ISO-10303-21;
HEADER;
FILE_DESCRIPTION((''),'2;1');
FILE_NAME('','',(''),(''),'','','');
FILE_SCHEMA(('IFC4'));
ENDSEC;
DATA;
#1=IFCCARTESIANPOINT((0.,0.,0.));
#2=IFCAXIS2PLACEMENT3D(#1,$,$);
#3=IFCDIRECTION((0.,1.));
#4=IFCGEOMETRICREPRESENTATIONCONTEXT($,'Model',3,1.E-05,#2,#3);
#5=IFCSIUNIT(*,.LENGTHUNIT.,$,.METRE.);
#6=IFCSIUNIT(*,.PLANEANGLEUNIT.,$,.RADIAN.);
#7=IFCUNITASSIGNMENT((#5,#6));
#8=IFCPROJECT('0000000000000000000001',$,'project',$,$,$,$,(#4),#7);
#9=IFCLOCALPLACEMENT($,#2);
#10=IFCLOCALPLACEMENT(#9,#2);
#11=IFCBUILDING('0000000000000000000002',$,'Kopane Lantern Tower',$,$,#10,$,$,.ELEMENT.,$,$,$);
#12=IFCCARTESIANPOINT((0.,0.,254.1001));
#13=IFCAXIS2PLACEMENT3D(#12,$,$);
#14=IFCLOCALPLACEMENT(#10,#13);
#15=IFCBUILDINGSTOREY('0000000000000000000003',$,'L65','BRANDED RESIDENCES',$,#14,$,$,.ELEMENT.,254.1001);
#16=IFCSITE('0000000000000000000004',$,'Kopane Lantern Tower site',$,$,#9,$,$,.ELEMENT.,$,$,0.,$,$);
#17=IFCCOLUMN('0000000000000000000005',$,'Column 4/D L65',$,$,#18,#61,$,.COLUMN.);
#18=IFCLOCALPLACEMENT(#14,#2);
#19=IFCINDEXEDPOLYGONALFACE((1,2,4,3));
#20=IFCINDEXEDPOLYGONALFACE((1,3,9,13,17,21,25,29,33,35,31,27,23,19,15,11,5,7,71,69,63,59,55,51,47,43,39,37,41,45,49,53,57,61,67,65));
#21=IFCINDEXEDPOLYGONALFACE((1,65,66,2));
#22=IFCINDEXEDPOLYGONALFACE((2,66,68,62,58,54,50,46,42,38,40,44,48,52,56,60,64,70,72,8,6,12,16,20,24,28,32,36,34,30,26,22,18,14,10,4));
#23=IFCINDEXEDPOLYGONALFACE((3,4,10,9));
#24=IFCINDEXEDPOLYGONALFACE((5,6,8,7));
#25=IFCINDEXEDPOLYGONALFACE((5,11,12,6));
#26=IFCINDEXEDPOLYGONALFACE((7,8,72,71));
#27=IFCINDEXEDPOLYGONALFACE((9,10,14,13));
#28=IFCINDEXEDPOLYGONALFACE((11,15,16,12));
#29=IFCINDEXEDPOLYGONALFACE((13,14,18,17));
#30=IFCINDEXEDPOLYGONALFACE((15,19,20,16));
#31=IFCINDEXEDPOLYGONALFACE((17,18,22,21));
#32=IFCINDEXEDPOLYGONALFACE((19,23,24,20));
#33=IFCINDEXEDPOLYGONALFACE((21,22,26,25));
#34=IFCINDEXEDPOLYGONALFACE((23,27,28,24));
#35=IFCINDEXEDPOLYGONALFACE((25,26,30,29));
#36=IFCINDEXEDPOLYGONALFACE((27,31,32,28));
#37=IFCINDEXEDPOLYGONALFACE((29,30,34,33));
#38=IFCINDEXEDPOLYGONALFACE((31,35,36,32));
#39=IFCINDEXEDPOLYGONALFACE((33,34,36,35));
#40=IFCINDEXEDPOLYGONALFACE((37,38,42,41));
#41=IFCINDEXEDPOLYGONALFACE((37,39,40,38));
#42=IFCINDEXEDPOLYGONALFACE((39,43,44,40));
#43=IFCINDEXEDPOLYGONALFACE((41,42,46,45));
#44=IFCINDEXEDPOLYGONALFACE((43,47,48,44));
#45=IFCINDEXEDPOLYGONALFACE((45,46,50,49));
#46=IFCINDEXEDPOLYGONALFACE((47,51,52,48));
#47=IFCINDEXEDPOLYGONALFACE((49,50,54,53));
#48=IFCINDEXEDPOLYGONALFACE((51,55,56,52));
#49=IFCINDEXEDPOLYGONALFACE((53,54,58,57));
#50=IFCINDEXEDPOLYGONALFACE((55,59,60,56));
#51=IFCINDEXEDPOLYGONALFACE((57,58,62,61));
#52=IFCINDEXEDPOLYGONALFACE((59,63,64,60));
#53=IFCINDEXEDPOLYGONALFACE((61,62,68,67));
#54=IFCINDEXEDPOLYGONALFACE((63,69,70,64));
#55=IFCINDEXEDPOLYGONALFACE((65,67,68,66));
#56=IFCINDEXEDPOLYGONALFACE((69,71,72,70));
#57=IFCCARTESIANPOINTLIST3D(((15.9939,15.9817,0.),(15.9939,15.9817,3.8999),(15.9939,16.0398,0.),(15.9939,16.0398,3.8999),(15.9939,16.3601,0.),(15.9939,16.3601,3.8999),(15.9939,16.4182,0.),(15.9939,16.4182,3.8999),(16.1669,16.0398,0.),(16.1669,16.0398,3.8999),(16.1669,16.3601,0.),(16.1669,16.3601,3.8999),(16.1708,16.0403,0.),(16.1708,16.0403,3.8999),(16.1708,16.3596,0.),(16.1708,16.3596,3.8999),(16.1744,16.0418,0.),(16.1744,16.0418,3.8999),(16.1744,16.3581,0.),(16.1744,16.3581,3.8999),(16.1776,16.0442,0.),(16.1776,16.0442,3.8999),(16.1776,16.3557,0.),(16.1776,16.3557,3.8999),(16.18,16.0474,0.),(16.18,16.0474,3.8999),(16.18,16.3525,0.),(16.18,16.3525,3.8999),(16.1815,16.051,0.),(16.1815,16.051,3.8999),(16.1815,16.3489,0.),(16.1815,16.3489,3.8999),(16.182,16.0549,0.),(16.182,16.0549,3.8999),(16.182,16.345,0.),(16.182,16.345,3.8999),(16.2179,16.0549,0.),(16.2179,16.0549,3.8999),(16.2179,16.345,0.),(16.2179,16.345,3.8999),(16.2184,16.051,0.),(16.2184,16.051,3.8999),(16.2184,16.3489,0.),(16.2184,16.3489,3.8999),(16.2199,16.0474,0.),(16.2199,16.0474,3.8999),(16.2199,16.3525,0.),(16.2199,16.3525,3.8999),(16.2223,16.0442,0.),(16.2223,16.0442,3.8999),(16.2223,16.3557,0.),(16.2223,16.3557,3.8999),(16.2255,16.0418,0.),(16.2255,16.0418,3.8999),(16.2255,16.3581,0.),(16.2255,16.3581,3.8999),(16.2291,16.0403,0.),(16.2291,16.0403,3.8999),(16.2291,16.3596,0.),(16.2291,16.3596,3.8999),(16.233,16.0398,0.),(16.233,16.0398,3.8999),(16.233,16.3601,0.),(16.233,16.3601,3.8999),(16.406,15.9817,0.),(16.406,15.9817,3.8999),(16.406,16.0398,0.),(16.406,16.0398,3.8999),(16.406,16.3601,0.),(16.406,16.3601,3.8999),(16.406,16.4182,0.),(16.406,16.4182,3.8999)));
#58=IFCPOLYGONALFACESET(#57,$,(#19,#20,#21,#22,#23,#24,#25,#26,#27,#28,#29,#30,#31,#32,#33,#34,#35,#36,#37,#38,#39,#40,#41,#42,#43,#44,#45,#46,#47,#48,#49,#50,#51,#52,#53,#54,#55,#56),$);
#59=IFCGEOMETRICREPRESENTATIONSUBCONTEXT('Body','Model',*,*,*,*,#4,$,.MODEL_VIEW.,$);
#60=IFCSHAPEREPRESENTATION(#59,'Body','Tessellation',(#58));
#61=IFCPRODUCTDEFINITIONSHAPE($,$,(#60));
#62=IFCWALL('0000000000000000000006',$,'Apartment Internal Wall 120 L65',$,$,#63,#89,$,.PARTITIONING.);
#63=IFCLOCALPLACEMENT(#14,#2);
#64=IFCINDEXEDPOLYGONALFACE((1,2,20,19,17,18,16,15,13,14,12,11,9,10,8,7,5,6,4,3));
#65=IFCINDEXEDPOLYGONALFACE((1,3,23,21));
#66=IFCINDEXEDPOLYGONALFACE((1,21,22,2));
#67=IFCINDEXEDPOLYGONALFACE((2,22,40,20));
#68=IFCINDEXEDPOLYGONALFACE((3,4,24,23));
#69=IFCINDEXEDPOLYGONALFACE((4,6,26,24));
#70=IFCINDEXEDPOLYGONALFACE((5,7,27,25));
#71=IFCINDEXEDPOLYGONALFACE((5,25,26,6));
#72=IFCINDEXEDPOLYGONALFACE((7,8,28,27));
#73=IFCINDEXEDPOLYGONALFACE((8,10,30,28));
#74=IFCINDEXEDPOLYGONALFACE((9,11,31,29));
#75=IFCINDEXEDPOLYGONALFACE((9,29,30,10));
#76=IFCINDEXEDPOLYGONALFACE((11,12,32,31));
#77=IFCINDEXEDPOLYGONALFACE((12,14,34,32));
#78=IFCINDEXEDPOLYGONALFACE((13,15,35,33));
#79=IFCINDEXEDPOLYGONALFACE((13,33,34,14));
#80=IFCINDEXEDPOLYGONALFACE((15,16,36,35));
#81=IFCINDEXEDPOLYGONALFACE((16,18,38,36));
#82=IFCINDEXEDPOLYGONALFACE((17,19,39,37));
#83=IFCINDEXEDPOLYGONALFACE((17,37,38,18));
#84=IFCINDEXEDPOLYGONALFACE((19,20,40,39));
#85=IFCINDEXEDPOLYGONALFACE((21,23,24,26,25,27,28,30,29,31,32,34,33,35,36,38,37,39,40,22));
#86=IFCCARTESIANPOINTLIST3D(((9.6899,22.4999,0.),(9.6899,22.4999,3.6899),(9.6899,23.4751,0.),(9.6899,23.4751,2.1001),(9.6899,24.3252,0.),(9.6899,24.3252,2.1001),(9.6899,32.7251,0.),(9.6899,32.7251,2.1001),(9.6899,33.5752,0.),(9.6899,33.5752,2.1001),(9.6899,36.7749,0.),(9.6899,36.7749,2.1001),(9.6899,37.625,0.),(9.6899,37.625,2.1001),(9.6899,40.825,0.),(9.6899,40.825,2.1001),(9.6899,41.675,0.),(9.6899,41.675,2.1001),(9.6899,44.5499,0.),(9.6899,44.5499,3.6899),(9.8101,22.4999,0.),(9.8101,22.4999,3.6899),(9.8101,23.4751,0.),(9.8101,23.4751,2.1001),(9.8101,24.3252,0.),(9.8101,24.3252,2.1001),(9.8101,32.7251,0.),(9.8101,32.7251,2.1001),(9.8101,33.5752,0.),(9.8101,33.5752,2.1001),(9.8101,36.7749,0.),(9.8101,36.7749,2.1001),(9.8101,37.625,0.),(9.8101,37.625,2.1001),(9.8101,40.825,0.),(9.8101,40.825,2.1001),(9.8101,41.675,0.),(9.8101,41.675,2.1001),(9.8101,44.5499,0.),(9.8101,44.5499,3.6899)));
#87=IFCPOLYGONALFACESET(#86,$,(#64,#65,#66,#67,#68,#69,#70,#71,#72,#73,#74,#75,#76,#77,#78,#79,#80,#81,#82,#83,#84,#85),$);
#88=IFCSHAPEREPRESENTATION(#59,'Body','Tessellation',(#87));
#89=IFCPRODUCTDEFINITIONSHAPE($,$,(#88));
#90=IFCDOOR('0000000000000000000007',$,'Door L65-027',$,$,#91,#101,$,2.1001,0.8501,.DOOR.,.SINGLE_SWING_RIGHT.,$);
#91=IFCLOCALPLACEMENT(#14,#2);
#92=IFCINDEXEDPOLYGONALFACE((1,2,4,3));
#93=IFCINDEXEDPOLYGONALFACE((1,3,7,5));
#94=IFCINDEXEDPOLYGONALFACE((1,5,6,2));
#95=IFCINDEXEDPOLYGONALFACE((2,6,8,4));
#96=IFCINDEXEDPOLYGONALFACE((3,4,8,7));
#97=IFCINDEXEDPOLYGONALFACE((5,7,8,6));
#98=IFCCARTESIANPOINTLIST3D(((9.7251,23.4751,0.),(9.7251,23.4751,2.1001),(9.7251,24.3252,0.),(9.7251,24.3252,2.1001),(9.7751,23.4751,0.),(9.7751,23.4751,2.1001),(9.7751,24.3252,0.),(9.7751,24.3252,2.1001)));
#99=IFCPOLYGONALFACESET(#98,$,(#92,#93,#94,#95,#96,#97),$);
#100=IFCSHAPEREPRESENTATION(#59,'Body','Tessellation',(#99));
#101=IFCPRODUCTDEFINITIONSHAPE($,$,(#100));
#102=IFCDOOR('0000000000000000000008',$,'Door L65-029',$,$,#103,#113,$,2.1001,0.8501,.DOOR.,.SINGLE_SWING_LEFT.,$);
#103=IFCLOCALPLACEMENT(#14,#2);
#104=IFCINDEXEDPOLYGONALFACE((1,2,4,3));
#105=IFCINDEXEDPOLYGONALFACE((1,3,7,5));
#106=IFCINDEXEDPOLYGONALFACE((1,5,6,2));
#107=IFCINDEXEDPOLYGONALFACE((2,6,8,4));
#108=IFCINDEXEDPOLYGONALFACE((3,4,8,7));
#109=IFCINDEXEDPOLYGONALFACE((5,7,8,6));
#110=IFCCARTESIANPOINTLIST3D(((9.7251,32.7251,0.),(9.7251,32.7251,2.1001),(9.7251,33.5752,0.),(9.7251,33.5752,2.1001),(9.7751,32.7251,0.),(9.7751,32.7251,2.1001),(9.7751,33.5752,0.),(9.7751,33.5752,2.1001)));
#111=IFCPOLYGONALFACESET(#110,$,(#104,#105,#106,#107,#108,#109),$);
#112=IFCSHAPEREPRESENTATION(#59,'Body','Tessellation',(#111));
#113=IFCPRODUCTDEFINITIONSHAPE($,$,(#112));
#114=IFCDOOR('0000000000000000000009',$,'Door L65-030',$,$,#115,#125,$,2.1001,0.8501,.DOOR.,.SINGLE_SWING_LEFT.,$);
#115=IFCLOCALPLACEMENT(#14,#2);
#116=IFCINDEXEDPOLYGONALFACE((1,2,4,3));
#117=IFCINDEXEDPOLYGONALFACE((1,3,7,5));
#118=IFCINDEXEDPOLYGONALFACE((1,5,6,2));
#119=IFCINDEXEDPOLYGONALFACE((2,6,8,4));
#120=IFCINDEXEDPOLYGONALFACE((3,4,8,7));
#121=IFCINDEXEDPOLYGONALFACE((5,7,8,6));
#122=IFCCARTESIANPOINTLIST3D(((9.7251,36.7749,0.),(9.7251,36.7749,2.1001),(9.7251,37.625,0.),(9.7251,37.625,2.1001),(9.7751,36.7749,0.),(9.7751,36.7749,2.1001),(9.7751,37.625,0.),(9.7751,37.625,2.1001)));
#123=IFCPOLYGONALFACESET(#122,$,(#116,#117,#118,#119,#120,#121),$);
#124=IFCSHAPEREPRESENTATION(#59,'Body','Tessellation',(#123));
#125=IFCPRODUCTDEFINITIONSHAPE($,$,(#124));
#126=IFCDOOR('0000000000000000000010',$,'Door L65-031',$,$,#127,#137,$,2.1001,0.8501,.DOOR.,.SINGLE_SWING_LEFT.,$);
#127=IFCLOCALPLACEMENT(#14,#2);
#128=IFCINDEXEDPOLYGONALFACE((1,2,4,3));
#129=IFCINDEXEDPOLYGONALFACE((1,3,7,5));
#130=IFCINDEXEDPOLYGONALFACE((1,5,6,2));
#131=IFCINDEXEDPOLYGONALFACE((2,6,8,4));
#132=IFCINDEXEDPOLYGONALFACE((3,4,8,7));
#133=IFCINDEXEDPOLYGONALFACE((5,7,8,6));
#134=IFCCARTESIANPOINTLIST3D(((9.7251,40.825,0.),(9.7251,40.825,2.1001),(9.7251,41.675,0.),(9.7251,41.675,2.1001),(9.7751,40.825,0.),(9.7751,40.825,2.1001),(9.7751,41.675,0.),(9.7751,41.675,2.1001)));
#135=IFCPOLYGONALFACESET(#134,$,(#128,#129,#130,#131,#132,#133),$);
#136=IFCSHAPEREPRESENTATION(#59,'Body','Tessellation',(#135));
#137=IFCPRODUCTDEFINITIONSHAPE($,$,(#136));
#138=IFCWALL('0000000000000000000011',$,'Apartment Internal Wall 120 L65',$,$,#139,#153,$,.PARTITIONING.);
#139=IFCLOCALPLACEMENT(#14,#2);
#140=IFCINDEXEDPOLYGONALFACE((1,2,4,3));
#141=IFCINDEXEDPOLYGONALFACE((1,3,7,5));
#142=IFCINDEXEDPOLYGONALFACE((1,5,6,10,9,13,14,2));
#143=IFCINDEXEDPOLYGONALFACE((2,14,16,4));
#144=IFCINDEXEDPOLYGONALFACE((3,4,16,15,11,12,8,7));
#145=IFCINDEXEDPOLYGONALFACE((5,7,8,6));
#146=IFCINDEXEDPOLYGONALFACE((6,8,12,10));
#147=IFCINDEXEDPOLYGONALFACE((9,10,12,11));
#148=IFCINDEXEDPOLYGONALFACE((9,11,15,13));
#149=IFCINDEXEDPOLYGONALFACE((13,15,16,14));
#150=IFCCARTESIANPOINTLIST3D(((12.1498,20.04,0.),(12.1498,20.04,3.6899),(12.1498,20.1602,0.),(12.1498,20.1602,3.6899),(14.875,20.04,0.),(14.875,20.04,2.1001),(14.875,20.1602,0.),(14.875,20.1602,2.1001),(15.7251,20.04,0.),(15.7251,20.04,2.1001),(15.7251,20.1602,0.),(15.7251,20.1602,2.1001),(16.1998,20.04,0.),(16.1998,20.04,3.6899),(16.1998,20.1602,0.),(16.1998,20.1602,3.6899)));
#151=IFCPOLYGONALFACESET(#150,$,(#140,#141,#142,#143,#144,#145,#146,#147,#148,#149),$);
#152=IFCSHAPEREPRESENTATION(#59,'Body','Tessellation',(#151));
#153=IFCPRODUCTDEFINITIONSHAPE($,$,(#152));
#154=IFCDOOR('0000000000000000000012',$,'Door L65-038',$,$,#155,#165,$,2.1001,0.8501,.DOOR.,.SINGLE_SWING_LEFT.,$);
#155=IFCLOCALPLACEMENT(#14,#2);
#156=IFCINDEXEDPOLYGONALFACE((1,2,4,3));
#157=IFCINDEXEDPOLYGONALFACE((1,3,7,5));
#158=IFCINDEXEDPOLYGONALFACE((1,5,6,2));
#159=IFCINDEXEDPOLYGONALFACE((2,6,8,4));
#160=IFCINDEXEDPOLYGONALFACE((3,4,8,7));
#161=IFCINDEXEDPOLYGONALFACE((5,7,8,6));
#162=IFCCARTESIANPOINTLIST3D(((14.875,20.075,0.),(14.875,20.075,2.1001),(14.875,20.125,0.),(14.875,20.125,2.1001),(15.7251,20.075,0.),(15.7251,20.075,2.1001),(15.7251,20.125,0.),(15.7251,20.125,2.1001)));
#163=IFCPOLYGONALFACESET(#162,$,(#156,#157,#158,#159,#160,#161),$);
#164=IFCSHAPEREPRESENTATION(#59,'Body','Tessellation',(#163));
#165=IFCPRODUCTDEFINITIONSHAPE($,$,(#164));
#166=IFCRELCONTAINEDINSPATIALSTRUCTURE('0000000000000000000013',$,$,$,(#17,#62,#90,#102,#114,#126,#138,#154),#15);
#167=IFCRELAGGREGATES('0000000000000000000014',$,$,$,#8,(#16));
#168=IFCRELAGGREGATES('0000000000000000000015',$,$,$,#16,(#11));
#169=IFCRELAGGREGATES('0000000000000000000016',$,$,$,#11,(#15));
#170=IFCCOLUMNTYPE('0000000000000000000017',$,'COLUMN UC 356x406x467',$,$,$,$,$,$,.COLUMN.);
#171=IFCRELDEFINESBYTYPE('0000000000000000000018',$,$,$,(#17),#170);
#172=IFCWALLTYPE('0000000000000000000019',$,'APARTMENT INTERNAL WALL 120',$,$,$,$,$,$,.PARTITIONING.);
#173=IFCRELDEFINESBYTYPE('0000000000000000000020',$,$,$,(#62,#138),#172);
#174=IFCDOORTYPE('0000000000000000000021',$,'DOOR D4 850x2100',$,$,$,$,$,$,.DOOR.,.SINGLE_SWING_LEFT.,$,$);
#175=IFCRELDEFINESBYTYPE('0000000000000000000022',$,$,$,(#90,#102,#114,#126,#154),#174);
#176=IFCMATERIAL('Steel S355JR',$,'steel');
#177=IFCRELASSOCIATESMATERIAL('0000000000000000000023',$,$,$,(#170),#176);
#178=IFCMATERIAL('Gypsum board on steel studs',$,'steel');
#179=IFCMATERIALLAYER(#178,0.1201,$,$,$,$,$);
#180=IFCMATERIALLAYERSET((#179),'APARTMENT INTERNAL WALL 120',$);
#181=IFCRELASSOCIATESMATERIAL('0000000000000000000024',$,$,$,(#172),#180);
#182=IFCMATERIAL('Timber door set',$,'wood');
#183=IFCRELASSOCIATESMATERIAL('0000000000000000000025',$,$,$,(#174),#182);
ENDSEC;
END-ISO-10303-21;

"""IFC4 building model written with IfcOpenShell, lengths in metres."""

from ifc_helpers import new_model, si_unit, direction, frame, frame_2d, origin, origin_2d, place, context, subcontext, project, spatial, rectangle, i_section, extrude, material, layer, layer_set, material_profile, profile_set, type_object, element, fill, save


model = new_model("IFC4")

# Units and contexts
model_context = context("Model", 3, precision=1e-05, world=origin(), true_north=direction((0.0, 1.0)))
body_context = subcontext(model_context, "Body", "Model", "MODEL_VIEW")
ifc_project = project(units=[si_unit("LENGTHUNIT", "METRE"), si_unit("PLANEANGLEUNIT", "RADIAN")], contexts=[model_context])

# Site, building, storey
site_placement = place(None, origin())
site = spatial("IfcSite", under=ifc_project, at=site_placement, Name="Kopane Lantern Tower site", CompositionType="ELEMENT", RefElevation=0.0)
building_placement = place(site_placement, origin())
building = spatial("IfcBuilding", under=site, at=building_placement, Name="Kopane Lantern Tower", CompositionType="ELEMENT")
storey_placement = place(building_placement, frame((0.0, 0.0, 254.1001)))
storey = spatial("IfcBuildingStorey", under=building, at=storey_placement, Name="L65", Description="BRANDED RESIDENCES", CompositionType="ELEMENT", Elevation=254.1001)

# Column
ifc_material_1 = material(Name="Steel S355JR", Category="steel")
ifc_material_profile = material_profile(ifc_material_1, i_section(OverallWidth=0.4121, OverallDepth=0.4365, WebThickness=0.0359, FlangeThickness=0.0581, FilletRadius=0.0151, at=origin_2d()), Name="UC 356x406x467")
ifc_profile_set = profile_set([ifc_material_profile], Name="Steel S355JR")
column_type = type_object("IfcColumnType", Name="COLUMN UC 356x406x467", PredefinedType="COLUMN", material=ifc_profile_set)
column_placement = place(storey_placement, frame((16.2, 16.2, 0.0), z_axis=(0.0, 0.0, 1.0), x_axis=(1.0, 0.0, 0.0)))
element("IfcColumn", 1, at=column_placement, inside=storey, type_object=column_type, Name="Column 4/D L65", PredefinedType="COLUMN", context=body_context, shape_type="SweptSolid", body=[
    extrude(i_section(OverallWidth=0.4121, OverallDepth=0.4365, WebThickness=0.0359, FlangeThickness=0.0581, FilletRadius=0.0151, at=origin_2d()), origin(), (0.0, 0.0, 1.0), 3.8999),
])

# Wall, openings, doors
ifc_material_2 = material(Name="Gypsum board on steel studs", Category="steel")
ifc_layer_1 = layer(ifc_material_2, 0.1201)
ifc_layer_set_1 = layer_set([ifc_layer_1], Name="APARTMENT INTERNAL WALL 120")
wall_type_1 = type_object("IfcWallType", Name="APARTMENT INTERNAL WALL 120", PredefinedType="PARTITIONING", material=ifc_layer_set_1)
wall_1_placement = place(storey_placement, frame((9.75, 22.5, 0.0), z_axis=(0.0, 0.0, 1.0), x_axis=(0.0, 1.0, 0.0)))
wall_1 = element("IfcWall", 2, at=wall_1_placement, inside=storey, type_object=wall_type_1, Name="Apartment Internal Wall 120 L65", PredefinedType="PARTITIONING", context=body_context, shape_type="SweptSolid", body=[
    extrude(rectangle(XDim=22.05, YDim=0.1201, at=frame_2d((11.0249, 0.0))), origin(), (0.0, 0.0, 1.0), 3.6899),
])
opening_1_placement = place(wall_1_placement, frame((0.9751, 0.0, 0.0)))
opening_1 = element("IfcOpeningElement", 3, at=opening_1_placement, cuts=wall_1, PredefinedType="OPENING", context=body_context, shape_type="SweptSolid", body=[
    extrude(rectangle(XDim=0.8501, YDim=2.1001, at=frame_2d((0.425, 1.05))), frame((0.0, 0.0701, 0.0), z_axis=(0.0, -1.0, 0.0), x_axis=(1.0, 0.0, 0.0)), (0.0, 0.0, 1.0), 0.1401),
])
opening_2_placement = place(wall_1_placement, frame((10.2251, 0.0, 0.0)))
opening_2 = element("IfcOpeningElement", 4, at=opening_2_placement, cuts=wall_1, PredefinedType="OPENING", context=body_context, shape_type="SweptSolid", body=[
    extrude(rectangle(XDim=0.8501, YDim=2.1001, at=frame_2d((0.425, 1.05))), frame((0.0, 0.0701, 0.0), z_axis=(0.0, -1.0, 0.0), x_axis=(1.0, 0.0, 0.0)), (0.0, 0.0, 1.0), 0.1401),
])
opening_3_placement = place(wall_1_placement, frame((14.2749, 0.0, 0.0)))
opening_3 = element("IfcOpeningElement", 5, at=opening_3_placement, cuts=wall_1, PredefinedType="OPENING", context=body_context, shape_type="SweptSolid", body=[
    extrude(rectangle(XDim=0.8501, YDim=2.1001, at=frame_2d((0.425, 1.05))), frame((0.0, 0.0701, 0.0), z_axis=(0.0, -1.0, 0.0), x_axis=(1.0, 0.0, 0.0)), (0.0, 0.0, 1.0), 0.1401),
])
opening_4_placement = place(wall_1_placement, frame((18.325, 0.0, 0.0)))
opening_4 = element("IfcOpeningElement", 6, at=opening_4_placement, cuts=wall_1, PredefinedType="OPENING", context=body_context, shape_type="SweptSolid", body=[
    extrude(rectangle(XDim=0.8501, YDim=2.1001, at=frame_2d((0.425, 1.05))), frame((0.0, 0.0701, 0.0), z_axis=(0.0, -1.0, 0.0), x_axis=(1.0, 0.0, 0.0)), (0.0, 0.0, 1.0), 0.1401),
])
ifc_material_3 = material(Name="Timber door set", Category="wood")
door_type = type_object("IfcDoorType", Name="DOOR D4 850x2100", OperationType="SINGLE_SWING_LEFT", PredefinedType="DOOR", material=ifc_material_3)
door_1_placement = place(opening_1_placement, origin())
door_1 = element("IfcDoor", 7, at=door_1_placement, inside=storey, type_object=door_type, Name="Door L65-027", OperationType="SINGLE_SWING_RIGHT", OverallHeight=2.1001, OverallWidth=0.8501, PredefinedType="DOOR", context=body_context, shape_type="SweptSolid", body=[
    extrude(rectangle(XDim=0.8501, YDim=2.1001, at=frame_2d((0.425, 1.05))), frame((0.0, 0.0249, 0.0), z_axis=(0.0, -1.0, 0.0), x_axis=(1.0, 0.0, 0.0)), (0.0, 0.0, 1.0), 0.05),
])
fill(opening_1, door_1)
door_2_placement = place(opening_2_placement, origin())
door_2 = element("IfcDoor", 8, at=door_2_placement, inside=storey, type_object=door_type, Name="Door L65-029", OperationType="SINGLE_SWING_LEFT", OverallHeight=2.1001, OverallWidth=0.8501, PredefinedType="DOOR", context=body_context, shape_type="SweptSolid", body=[
    extrude(rectangle(XDim=0.8501, YDim=2.1001, at=frame_2d((0.425, 1.05))), frame((0.0, 0.0249, 0.0), z_axis=(0.0, -1.0, 0.0), x_axis=(1.0, 0.0, 0.0)), (0.0, 0.0, 1.0), 0.05),
])
fill(opening_2, door_2)
door_3_placement = place(opening_3_placement, origin())
door_3 = element("IfcDoor", 9, at=door_3_placement, inside=storey, type_object=door_type, Name="Door L65-030", OperationType="SINGLE_SWING_LEFT", OverallHeight=2.1001, OverallWidth=0.8501, PredefinedType="DOOR", context=body_context, shape_type="SweptSolid", body=[
    extrude(rectangle(XDim=0.8501, YDim=2.1001, at=frame_2d((0.425, 1.05))), frame((0.0, 0.0249, 0.0), z_axis=(0.0, -1.0, 0.0), x_axis=(1.0, 0.0, 0.0)), (0.0, 0.0, 1.0), 0.05),
])
fill(opening_3, door_3)
door_4_placement = place(opening_4_placement, origin())
door_4 = element("IfcDoor", 10, at=door_4_placement, inside=storey, type_object=door_type, Name="Door L65-031", OperationType="SINGLE_SWING_LEFT", OverallHeight=2.1001, OverallWidth=0.8501, PredefinedType="DOOR", context=body_context, shape_type="SweptSolid", body=[
    extrude(rectangle(XDim=0.8501, YDim=2.1001, at=frame_2d((0.425, 1.05))), frame((0.0, 0.0249, 0.0), z_axis=(0.0, -1.0, 0.0), x_axis=(1.0, 0.0, 0.0)), (0.0, 0.0, 1.0), 0.05),
])
fill(opening_4, door_4)

# Wall, opening, door
wall_2_placement = place(storey_placement, frame((12.1499, 20.1001, 0.0), z_axis=(0.0, 0.0, 1.0), x_axis=(1.0, 0.0, 0.0)))
wall_2 = element("IfcWall", 11, at=wall_2_placement, inside=storey, type_object=wall_type_1, Name="Apartment Internal Wall 120 L65", PredefinedType="PARTITIONING", context=body_context, shape_type="SweptSolid", body=[
    extrude(rectangle(XDim=4.05, YDim=0.1201, at=frame_2d((2.0249, 0.0))), origin(), (0.0, 0.0, 1.0), 3.6899),
])
opening_5_placement = place(wall_2_placement, frame((2.7251, 0.0, 0.0)))
opening_5 = element("IfcOpeningElement", 12, at=opening_5_placement, cuts=wall_2, PredefinedType="OPENING", context=body_context, shape_type="SweptSolid", body=[
    extrude(rectangle(XDim=0.8501, YDim=2.1001, at=frame_2d((0.425, 1.05))), frame((0.0, 0.0701, 0.0), z_axis=(0.0, -1.0, 0.0), x_axis=(1.0, 0.0, 0.0)), (0.0, 0.0, 1.0), 0.1401),
])
door_5_placement = place(opening_5_placement, origin())
door_5 = element("IfcDoor", 13, at=door_5_placement, inside=storey, type_object=door_type, Name="Door L65-038", OperationType="SINGLE_SWING_LEFT", OverallHeight=2.1001, OverallWidth=0.8501, PredefinedType="DOOR", context=body_context, shape_type="SweptSolid", body=[
    extrude(rectangle(XDim=0.8501, YDim=2.1001, at=frame_2d((0.425, 1.05))), frame((0.0, 0.0249, 0.0), z_axis=(0.0, -1.0, 0.0), x_axis=(1.0, 0.0, 0.0)), (0.0, 0.0, 1.0), 0.05),
])
fill(opening_5, door_5)

save(model, "model.ifc")
